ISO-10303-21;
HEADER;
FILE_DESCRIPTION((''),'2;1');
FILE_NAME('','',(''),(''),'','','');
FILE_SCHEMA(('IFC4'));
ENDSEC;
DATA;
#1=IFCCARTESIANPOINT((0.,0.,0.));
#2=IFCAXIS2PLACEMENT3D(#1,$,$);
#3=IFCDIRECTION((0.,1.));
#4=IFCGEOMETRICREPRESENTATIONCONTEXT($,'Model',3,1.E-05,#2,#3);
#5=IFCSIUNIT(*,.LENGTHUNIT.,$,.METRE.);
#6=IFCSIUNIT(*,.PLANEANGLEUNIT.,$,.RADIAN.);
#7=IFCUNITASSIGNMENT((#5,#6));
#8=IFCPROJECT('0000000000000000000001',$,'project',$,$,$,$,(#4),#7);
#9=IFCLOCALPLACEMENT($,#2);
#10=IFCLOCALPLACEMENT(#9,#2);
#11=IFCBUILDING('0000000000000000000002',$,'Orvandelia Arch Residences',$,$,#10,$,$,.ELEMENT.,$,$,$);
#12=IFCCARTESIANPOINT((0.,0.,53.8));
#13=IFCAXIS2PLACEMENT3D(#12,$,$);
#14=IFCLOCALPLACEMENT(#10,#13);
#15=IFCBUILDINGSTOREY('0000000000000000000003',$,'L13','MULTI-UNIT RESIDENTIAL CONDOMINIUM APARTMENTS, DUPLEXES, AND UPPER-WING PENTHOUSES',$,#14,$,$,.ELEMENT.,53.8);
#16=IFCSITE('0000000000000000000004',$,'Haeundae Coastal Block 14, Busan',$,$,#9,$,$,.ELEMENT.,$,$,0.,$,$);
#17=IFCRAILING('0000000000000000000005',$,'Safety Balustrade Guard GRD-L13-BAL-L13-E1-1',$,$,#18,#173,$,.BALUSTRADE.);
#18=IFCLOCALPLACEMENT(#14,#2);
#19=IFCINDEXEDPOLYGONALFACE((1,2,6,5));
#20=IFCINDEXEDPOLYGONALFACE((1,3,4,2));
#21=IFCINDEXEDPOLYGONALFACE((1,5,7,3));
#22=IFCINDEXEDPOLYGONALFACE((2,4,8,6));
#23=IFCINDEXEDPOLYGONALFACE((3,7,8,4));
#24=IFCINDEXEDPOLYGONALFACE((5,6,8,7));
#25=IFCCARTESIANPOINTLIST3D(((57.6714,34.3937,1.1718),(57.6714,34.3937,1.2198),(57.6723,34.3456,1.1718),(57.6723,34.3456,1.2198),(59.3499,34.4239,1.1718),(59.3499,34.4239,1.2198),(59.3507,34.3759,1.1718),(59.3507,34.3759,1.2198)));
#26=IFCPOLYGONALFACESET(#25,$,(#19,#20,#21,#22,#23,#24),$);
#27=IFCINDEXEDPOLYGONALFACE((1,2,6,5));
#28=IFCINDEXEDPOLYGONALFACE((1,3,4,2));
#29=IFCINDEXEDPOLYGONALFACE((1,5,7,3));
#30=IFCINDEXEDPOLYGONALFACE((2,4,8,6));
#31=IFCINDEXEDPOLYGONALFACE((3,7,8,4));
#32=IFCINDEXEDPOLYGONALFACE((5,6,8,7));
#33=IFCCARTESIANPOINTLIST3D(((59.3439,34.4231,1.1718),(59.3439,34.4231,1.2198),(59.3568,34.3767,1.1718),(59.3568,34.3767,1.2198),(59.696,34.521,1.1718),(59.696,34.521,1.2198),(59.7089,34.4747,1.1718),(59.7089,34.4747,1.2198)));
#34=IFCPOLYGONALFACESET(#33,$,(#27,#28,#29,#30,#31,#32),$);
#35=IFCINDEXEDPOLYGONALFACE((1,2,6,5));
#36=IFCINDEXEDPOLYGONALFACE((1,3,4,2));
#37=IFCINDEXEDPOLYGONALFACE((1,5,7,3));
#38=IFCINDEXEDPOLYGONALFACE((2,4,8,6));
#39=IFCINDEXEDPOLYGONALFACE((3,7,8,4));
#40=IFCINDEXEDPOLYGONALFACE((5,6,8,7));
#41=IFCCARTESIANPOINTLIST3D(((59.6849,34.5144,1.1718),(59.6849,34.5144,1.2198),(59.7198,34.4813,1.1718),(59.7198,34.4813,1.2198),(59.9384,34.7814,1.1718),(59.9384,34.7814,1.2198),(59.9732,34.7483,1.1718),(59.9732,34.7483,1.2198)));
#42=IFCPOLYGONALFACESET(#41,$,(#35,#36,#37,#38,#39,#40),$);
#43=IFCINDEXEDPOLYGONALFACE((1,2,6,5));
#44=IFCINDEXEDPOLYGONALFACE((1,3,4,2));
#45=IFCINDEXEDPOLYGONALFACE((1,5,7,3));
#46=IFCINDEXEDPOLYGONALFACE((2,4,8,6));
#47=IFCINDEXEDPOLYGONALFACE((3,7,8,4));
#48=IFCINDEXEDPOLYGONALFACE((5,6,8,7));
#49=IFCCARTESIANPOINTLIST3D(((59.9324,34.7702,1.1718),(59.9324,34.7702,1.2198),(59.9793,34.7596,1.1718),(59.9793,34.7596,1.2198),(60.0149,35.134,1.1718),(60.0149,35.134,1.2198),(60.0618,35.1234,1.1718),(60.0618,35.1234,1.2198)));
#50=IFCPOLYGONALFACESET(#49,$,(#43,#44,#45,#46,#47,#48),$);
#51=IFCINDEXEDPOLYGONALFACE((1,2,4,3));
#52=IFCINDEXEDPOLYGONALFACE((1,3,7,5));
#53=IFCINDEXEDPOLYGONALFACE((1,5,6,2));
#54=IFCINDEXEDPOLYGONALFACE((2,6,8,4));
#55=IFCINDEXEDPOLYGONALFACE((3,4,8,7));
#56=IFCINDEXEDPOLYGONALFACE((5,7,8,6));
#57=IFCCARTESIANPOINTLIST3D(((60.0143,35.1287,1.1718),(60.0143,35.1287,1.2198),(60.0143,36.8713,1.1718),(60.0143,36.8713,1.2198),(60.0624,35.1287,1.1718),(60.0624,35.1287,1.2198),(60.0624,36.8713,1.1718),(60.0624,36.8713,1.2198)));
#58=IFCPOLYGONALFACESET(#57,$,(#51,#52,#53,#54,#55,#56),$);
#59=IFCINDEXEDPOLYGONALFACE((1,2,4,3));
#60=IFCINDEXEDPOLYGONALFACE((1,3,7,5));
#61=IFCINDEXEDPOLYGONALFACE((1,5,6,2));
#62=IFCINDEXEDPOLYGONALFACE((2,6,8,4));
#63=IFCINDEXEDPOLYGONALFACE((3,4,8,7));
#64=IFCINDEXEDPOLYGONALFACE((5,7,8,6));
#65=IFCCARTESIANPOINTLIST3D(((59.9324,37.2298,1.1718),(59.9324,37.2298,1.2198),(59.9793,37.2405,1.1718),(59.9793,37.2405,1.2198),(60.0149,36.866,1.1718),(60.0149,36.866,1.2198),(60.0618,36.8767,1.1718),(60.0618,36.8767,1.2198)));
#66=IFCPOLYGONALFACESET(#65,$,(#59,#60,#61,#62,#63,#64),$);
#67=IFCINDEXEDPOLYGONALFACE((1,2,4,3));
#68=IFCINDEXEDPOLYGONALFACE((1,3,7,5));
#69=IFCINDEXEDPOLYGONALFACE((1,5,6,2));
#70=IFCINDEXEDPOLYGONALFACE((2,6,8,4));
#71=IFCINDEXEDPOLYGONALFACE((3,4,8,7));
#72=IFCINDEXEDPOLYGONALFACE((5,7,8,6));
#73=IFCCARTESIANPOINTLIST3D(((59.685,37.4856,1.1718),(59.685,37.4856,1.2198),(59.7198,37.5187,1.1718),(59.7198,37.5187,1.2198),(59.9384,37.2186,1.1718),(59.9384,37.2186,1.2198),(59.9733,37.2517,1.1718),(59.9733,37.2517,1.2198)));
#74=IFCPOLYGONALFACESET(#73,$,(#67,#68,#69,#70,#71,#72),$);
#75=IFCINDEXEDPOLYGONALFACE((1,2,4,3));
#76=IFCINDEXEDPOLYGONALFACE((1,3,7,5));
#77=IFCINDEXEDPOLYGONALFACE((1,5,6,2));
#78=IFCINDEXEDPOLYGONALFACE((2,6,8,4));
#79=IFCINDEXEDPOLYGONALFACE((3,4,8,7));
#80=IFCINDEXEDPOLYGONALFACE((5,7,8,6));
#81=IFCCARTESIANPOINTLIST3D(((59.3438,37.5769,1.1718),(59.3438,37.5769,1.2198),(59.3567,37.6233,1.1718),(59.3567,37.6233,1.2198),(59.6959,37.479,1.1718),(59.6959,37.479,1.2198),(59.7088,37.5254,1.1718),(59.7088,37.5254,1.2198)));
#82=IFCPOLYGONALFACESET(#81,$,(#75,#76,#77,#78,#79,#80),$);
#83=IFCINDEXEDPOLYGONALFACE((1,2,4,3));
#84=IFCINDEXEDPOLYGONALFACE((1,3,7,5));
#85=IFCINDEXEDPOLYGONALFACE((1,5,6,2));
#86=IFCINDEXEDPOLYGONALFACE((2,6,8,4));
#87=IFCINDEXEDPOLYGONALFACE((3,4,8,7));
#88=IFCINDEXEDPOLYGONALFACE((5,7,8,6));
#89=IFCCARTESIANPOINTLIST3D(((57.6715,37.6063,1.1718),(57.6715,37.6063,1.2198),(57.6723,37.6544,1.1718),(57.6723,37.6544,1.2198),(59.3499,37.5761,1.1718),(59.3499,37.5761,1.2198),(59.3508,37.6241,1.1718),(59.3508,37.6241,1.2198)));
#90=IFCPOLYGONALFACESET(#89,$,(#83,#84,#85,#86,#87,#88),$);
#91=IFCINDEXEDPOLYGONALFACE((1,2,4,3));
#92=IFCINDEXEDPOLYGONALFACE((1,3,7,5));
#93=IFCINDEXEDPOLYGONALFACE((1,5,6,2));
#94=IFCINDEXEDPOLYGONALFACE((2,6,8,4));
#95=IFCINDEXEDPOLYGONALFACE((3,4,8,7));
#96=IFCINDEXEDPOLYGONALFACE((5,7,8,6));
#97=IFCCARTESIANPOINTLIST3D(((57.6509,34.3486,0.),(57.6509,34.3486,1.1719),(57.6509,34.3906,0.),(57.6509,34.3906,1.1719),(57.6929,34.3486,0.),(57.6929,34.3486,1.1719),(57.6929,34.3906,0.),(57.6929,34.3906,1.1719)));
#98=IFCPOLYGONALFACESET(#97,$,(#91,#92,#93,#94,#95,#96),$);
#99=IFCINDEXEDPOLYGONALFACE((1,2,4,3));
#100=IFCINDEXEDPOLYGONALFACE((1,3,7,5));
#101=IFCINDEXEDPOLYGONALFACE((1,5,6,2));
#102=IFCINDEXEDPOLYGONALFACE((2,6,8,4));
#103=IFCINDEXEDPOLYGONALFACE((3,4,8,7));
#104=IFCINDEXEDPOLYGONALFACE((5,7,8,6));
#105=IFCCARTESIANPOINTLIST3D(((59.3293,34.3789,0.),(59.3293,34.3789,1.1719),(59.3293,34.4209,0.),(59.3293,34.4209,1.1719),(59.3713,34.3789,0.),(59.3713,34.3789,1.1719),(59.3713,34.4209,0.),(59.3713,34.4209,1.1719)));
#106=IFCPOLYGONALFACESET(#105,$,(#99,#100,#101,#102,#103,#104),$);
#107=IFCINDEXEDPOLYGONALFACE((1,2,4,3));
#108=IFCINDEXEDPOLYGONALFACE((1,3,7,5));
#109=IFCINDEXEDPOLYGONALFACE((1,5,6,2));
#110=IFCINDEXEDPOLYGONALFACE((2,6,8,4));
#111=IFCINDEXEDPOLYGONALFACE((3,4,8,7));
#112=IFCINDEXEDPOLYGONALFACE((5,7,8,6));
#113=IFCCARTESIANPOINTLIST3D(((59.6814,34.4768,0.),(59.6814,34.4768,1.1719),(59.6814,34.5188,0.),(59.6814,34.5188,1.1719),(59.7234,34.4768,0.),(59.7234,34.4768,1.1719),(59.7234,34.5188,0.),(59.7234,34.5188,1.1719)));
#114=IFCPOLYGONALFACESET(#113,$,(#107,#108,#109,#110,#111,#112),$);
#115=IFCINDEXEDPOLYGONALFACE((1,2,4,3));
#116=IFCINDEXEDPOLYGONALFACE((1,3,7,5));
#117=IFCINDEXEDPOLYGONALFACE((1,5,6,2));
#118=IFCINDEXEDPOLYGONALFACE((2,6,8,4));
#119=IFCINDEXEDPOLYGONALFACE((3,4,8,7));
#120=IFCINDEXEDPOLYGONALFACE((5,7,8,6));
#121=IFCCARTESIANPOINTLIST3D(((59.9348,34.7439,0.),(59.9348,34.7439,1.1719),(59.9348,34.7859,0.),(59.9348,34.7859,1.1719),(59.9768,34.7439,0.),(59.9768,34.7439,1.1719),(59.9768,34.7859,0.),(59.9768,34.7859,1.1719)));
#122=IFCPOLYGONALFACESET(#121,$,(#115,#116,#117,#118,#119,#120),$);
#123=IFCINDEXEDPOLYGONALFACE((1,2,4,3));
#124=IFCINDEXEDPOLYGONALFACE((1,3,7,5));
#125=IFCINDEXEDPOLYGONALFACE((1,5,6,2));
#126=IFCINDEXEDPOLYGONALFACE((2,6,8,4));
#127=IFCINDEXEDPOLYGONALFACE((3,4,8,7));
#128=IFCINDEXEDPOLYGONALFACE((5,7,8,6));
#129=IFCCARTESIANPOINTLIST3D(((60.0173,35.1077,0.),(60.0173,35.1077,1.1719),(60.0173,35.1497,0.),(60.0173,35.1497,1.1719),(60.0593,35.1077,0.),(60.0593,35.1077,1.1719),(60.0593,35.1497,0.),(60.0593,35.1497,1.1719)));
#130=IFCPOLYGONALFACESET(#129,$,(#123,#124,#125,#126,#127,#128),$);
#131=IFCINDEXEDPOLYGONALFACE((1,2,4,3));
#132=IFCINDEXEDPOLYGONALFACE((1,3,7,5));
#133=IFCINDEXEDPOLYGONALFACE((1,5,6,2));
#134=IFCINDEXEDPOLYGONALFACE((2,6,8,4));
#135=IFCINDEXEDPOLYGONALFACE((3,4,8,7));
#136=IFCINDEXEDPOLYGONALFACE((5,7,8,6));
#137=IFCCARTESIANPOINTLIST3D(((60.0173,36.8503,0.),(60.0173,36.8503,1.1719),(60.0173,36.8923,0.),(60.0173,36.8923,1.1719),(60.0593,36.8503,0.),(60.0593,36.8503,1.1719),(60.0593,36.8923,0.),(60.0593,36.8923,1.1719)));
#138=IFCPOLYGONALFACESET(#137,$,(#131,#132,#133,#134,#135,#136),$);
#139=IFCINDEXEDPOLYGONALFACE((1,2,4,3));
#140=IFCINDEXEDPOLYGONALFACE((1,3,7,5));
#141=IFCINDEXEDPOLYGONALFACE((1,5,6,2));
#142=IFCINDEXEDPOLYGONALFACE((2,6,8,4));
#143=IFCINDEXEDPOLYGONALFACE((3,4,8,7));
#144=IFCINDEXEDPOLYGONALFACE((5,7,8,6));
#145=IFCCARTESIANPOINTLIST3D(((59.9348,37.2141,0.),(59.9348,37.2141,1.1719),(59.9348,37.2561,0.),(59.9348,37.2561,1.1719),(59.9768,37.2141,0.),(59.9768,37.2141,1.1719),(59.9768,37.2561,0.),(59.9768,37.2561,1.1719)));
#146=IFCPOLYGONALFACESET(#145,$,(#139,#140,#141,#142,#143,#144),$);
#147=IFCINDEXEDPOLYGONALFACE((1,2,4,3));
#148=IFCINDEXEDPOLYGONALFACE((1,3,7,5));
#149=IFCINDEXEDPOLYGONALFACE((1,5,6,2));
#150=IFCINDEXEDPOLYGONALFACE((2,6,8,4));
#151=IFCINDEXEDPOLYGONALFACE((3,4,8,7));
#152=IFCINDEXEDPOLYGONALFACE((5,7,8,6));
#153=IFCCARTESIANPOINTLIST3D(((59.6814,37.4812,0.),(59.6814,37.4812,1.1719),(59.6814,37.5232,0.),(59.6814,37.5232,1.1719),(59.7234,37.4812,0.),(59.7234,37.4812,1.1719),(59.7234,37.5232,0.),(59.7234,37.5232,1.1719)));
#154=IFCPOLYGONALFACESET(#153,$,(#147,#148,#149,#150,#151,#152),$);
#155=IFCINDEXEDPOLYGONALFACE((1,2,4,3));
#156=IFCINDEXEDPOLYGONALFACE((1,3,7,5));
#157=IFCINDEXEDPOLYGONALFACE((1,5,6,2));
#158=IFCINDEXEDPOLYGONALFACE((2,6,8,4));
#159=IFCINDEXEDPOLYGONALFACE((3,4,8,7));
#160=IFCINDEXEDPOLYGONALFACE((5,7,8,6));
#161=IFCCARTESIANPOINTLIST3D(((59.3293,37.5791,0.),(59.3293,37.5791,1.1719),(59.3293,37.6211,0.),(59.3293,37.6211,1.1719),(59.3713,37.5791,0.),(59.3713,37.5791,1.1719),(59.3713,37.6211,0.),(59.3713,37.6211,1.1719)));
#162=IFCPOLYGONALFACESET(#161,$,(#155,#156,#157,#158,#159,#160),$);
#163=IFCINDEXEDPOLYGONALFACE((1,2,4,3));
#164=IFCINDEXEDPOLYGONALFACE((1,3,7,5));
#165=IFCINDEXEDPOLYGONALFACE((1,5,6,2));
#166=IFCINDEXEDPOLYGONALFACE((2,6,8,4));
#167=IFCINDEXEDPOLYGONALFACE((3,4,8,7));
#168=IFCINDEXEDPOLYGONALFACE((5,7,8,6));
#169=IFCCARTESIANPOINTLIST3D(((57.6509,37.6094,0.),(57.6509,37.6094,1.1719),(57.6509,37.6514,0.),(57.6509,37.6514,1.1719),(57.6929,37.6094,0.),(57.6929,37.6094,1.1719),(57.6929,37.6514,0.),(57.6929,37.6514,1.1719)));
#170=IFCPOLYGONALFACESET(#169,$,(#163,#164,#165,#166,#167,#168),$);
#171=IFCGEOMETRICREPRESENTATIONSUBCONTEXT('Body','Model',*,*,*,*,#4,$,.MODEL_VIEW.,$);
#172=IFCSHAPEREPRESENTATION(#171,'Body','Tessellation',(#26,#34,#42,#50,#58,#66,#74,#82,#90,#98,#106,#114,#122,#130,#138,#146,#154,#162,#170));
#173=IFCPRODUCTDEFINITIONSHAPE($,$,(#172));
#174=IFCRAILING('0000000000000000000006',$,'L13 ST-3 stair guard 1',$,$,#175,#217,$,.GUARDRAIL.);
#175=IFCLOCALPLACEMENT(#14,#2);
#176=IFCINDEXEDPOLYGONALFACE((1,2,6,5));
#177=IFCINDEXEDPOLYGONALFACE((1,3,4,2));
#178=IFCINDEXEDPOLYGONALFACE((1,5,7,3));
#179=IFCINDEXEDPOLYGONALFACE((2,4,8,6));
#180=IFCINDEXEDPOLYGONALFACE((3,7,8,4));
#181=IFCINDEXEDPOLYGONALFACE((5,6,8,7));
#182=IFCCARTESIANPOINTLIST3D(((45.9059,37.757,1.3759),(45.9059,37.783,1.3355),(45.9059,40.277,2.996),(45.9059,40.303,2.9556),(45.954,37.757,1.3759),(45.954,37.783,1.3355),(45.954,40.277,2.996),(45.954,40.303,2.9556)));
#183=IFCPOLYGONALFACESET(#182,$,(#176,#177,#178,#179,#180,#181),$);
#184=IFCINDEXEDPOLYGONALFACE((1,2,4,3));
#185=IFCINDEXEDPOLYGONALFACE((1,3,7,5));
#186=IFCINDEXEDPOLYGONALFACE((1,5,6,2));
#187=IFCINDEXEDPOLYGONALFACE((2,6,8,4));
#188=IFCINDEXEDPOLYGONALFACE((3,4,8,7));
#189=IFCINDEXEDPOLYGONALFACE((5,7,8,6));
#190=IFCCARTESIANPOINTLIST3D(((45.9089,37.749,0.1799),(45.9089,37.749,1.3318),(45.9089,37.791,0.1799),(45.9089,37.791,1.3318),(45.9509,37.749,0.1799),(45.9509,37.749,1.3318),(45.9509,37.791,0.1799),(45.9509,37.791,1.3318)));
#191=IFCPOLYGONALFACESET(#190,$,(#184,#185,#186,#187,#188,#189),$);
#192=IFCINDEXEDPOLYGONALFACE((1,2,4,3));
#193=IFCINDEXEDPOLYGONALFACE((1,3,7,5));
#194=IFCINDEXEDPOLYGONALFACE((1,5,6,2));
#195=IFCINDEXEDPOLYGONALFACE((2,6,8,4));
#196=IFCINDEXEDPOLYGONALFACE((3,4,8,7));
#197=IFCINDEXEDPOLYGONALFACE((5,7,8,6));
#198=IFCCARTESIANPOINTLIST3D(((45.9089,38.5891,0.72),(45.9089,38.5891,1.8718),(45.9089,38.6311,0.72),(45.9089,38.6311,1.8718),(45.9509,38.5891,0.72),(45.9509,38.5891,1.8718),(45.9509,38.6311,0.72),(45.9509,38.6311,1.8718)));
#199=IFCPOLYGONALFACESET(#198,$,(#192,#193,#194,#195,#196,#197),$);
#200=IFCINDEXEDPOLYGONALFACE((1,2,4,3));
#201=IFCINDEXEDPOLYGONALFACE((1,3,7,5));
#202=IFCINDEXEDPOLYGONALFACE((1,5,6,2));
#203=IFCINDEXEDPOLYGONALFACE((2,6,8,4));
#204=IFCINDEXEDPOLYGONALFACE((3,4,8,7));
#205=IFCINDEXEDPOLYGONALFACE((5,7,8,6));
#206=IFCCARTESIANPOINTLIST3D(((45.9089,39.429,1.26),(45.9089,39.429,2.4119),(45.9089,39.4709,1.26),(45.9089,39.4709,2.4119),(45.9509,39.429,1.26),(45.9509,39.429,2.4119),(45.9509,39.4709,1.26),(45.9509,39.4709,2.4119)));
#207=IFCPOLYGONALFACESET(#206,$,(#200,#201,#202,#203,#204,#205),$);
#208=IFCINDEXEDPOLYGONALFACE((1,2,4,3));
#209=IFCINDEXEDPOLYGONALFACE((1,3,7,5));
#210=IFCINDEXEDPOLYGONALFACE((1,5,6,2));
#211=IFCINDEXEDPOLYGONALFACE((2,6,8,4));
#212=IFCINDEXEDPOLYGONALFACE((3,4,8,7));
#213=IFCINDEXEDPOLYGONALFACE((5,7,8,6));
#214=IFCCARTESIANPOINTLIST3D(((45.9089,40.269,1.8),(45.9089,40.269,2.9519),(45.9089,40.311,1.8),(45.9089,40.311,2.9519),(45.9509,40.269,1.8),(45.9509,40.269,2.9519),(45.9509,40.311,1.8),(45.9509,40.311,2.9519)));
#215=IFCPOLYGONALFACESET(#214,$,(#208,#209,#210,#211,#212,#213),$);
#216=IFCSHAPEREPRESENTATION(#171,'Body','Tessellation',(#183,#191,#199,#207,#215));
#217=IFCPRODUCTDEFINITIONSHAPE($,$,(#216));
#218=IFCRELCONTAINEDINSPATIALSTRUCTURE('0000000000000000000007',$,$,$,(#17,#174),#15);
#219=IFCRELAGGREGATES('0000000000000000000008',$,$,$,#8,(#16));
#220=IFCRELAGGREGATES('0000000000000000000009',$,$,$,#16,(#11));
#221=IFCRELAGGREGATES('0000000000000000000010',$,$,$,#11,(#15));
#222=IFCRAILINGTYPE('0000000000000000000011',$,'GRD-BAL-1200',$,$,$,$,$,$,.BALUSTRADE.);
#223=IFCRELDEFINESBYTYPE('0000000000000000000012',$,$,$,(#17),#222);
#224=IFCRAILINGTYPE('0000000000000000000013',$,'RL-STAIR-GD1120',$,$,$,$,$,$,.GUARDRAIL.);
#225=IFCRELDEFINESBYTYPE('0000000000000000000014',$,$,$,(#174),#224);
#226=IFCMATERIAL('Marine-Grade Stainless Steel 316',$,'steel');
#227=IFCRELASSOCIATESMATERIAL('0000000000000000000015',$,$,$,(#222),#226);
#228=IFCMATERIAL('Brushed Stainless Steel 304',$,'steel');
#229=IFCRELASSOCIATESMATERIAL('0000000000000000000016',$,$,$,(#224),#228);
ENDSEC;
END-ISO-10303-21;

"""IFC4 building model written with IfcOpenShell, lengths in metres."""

from ifc_helpers import new_model, si_unit, direction, frame, origin, origin_2d, place, context, subcontext, project, spatial, rectangle, extrude, material, type_object, element, save


model = new_model("IFC4")

# Units and contexts
model_context = context("Model", 3, precision=1e-05, world=origin(), true_north=direction((0.0, 1.0)))
body_context = subcontext(model_context, "Body", "Model", "MODEL_VIEW")
ifc_project = project(units=[si_unit("LENGTHUNIT", "METRE"), si_unit("PLANEANGLEUNIT", "RADIAN")], contexts=[model_context])

# Site, building, storey
site_placement = place(None, origin())
site = spatial("IfcSite", under=ifc_project, at=site_placement, Name="Haeundae Coastal Block 14, Busan", CompositionType="ELEMENT", RefElevation=0.0)
building_placement = place(site_placement, origin())
building = spatial("IfcBuilding", under=site, at=building_placement, Name="Orvandelia Arch Residences", CompositionType="ELEMENT")
storey_placement = place(building_placement, frame((0.0, 0.0, 53.8)))
storey = spatial("IfcBuildingStorey", under=building, at=storey_placement, Name="L13", Description="MULTI-UNIT RESIDENTIAL CONDOMINIUM APARTMENTS, DUPLEXES, AND UPPER-WING PENTHOUSES", CompositionType="ELEMENT", Elevation=53.8)

# Railings
ifc_material_1 = material(Name="Marine-Grade Stainless Steel 316", Category="steel")
railing_type_1 = type_object("IfcRailingType", Name="GRD-BAL-1200", PredefinedType="BALUSTRADE", material=ifc_material_1)
railing_1_placement = place(storey_placement, frame((57.6719, 34.3696, 0.0)))
element("IfcRailing", 1, at=railing_1_placement, inside=storey, type_object=railing_type_1, Name="Safety Balustrade Guard GRD-L13-BAL-L13-E1-1", PredefinedType="BALUSTRADE", context=body_context, shape_type="SweptSolid", body=[
    extrude(rectangle(XDim=0.0481, YDim=0.0481, at=origin_2d()), frame((0.0, 0.0, 1.1958), z_axis=(0.999837, 0.018033, 0.0), x_axis=(-0.018033, 0.999837, 0.0)), (0.0, 0.0, 1.0), 1.6787),
    extrude(rectangle(XDim=0.0481, YDim=0.0481, at=origin_2d()), frame((1.6785, 0.0303, 1.1958), z_axis=(0.963441, 0.26792, 0.0), x_axis=(-0.26792, 0.963441, 0.0)), (0.0, 0.0, 1.0), 0.3655),
    extrude(rectangle(XDim=0.0481, YDim=0.0481, at=origin_2d()), frame((2.0305, 0.1282, 1.1958), z_axis=(0.688296, 0.72543, 0.0), x_axis=(-0.72543, 0.688296, 0.0)), (0.0, 0.0, 1.0), 0.3682),
    extrude(rectangle(XDim=0.0481, YDim=0.0481, at=origin_2d()), frame((2.2839, 0.3953, 1.1958), z_axis=(0.221225, 0.975223, 0.0), x_axis=(-0.975223, 0.221225, 0.0)), (0.0, 0.0, 1.0), 0.373),
    extrude(rectangle(XDim=0.0481, YDim=0.0481, at=origin_2d()), frame((2.3665, 0.759, 1.1958), z_axis=(0.0, 1.0, 0.0), x_axis=(-1.0, 0.0, 0.0)), (0.0, 0.0, 1.0), 1.7427),
    extrude(rectangle(XDim=0.0481, YDim=0.0481, at=origin_2d()), frame((2.3665, 2.5017, 1.1958), z_axis=(-0.221225, 0.975223, 0.0), x_axis=(-0.975223, -0.221225, 0.0)), (0.0, 0.0, 1.0), 0.373),
    extrude(rectangle(XDim=0.0481, YDim=0.0481, at=origin_2d()), frame((2.2839, 2.8655, 1.1958), z_axis=(-0.688296, 0.72543, 0.0), x_axis=(-0.72543, -0.688296, 0.0)), (0.0, 0.0, 1.0), 0.3682),
    extrude(rectangle(XDim=0.0481, YDim=0.0481, at=origin_2d()), frame((2.0305, 3.1326, 1.1958), z_axis=(-0.963441, 0.26792, 0.0), x_axis=(-0.26792, -0.963441, 0.0)), (0.0, 0.0, 1.0), 0.3655),
    extrude(rectangle(XDim=0.0481, YDim=0.0481, at=origin_2d()), frame((1.6785, 3.2305, 1.1958), z_axis=(-0.999837, 0.018033, 0.0), x_axis=(-0.018033, -0.999837, 0.0)), (0.0, 0.0, 1.0), 1.6787),
    extrude(rectangle(XDim=0.042, YDim=0.042, at=origin_2d()), origin(), (0.0, 0.0, 1.0), 1.1719),
    extrude(rectangle(XDim=0.042, YDim=0.042, at=origin_2d()), frame((1.6785, 0.0303, 0.0)), (0.0, 0.0, 1.0), 1.1719),
    extrude(rectangle(XDim=0.042, YDim=0.042, at=origin_2d()), frame((2.0305, 0.1282, 0.0)), (0.0, 0.0, 1.0), 1.1719),
    extrude(rectangle(XDim=0.042, YDim=0.042, at=origin_2d()), frame((2.2839, 0.3953, 0.0)), (0.0, 0.0, 1.0), 1.1719),
    extrude(rectangle(XDim=0.042, YDim=0.042, at=origin_2d()), frame((2.3665, 0.759, 0.0)), (0.0, 0.0, 1.0), 1.1719),
    extrude(rectangle(XDim=0.042, YDim=0.042, at=origin_2d()), frame((2.3665, 2.5017, 0.0)), (0.0, 0.0, 1.0), 1.1719),
    extrude(rectangle(XDim=0.042, YDim=0.042, at=origin_2d()), frame((2.2839, 2.8655, 0.0)), (0.0, 0.0, 1.0), 1.1719),
    extrude(rectangle(XDim=0.042, YDim=0.042, at=origin_2d()), frame((2.0305, 3.1326, 0.0)), (0.0, 0.0, 1.0), 1.1719),
    extrude(rectangle(XDim=0.042, YDim=0.042, at=origin_2d()), frame((1.6785, 3.2305, 0.0)), (0.0, 0.0, 1.0), 1.1719),
    extrude(rectangle(XDim=0.042, YDim=0.042, at=origin_2d()), frame((0.0, 3.2607, 0.0)), (0.0, 0.0, 1.0), 1.1719),
])
ifc_material_2 = material(Name="Brushed Stainless Steel 304", Category="steel")
railing_type_2 = type_object("IfcRailingType", Name="RL-STAIR-GD1120", PredefinedType="GUARDRAIL", material=ifc_material_2)
railing_2_placement = place(storey_placement, frame((45.9299, 37.77, 0.1799)))
element("IfcRailing", 2, at=railing_2_placement, inside=storey, type_object=railing_type_2, Name="L13 ST-3 stair guard 1", PredefinedType="GUARDRAIL", context=body_context, shape_type="SweptSolid", body=[
    extrude(rectangle(XDim=0.0481, YDim=0.0481, at=origin_2d()), frame((0.0, 0.0, 1.1758), z_axis=(0.0, 0.841163, 0.540782), x_axis=(-1.0, 0.0, 0.0)), (0.0, 0.0, 1.0), 2.9958),
    extrude(rectangle(XDim=0.042, YDim=0.042, at=origin_2d()), origin(), (0.0, 0.0, 1.0), 1.1519),
    extrude(rectangle(XDim=0.042, YDim=0.042, at=origin_2d()), frame((0.0, 0.8401, 0.54)), (0.0, 0.0, 1.0), 1.1519),
    extrude(rectangle(XDim=0.042, YDim=0.042, at=origin_2d()), frame((0.0, 1.6799, 1.0801)), (0.0, 0.0, 1.0), 1.1519),
    extrude(rectangle(XDim=0.042, YDim=0.042, at=origin_2d()), frame((0.0, 2.52, 1.6201)), (0.0, 0.0, 1.0), 1.1519),
])

save(model, "model.ifc")
